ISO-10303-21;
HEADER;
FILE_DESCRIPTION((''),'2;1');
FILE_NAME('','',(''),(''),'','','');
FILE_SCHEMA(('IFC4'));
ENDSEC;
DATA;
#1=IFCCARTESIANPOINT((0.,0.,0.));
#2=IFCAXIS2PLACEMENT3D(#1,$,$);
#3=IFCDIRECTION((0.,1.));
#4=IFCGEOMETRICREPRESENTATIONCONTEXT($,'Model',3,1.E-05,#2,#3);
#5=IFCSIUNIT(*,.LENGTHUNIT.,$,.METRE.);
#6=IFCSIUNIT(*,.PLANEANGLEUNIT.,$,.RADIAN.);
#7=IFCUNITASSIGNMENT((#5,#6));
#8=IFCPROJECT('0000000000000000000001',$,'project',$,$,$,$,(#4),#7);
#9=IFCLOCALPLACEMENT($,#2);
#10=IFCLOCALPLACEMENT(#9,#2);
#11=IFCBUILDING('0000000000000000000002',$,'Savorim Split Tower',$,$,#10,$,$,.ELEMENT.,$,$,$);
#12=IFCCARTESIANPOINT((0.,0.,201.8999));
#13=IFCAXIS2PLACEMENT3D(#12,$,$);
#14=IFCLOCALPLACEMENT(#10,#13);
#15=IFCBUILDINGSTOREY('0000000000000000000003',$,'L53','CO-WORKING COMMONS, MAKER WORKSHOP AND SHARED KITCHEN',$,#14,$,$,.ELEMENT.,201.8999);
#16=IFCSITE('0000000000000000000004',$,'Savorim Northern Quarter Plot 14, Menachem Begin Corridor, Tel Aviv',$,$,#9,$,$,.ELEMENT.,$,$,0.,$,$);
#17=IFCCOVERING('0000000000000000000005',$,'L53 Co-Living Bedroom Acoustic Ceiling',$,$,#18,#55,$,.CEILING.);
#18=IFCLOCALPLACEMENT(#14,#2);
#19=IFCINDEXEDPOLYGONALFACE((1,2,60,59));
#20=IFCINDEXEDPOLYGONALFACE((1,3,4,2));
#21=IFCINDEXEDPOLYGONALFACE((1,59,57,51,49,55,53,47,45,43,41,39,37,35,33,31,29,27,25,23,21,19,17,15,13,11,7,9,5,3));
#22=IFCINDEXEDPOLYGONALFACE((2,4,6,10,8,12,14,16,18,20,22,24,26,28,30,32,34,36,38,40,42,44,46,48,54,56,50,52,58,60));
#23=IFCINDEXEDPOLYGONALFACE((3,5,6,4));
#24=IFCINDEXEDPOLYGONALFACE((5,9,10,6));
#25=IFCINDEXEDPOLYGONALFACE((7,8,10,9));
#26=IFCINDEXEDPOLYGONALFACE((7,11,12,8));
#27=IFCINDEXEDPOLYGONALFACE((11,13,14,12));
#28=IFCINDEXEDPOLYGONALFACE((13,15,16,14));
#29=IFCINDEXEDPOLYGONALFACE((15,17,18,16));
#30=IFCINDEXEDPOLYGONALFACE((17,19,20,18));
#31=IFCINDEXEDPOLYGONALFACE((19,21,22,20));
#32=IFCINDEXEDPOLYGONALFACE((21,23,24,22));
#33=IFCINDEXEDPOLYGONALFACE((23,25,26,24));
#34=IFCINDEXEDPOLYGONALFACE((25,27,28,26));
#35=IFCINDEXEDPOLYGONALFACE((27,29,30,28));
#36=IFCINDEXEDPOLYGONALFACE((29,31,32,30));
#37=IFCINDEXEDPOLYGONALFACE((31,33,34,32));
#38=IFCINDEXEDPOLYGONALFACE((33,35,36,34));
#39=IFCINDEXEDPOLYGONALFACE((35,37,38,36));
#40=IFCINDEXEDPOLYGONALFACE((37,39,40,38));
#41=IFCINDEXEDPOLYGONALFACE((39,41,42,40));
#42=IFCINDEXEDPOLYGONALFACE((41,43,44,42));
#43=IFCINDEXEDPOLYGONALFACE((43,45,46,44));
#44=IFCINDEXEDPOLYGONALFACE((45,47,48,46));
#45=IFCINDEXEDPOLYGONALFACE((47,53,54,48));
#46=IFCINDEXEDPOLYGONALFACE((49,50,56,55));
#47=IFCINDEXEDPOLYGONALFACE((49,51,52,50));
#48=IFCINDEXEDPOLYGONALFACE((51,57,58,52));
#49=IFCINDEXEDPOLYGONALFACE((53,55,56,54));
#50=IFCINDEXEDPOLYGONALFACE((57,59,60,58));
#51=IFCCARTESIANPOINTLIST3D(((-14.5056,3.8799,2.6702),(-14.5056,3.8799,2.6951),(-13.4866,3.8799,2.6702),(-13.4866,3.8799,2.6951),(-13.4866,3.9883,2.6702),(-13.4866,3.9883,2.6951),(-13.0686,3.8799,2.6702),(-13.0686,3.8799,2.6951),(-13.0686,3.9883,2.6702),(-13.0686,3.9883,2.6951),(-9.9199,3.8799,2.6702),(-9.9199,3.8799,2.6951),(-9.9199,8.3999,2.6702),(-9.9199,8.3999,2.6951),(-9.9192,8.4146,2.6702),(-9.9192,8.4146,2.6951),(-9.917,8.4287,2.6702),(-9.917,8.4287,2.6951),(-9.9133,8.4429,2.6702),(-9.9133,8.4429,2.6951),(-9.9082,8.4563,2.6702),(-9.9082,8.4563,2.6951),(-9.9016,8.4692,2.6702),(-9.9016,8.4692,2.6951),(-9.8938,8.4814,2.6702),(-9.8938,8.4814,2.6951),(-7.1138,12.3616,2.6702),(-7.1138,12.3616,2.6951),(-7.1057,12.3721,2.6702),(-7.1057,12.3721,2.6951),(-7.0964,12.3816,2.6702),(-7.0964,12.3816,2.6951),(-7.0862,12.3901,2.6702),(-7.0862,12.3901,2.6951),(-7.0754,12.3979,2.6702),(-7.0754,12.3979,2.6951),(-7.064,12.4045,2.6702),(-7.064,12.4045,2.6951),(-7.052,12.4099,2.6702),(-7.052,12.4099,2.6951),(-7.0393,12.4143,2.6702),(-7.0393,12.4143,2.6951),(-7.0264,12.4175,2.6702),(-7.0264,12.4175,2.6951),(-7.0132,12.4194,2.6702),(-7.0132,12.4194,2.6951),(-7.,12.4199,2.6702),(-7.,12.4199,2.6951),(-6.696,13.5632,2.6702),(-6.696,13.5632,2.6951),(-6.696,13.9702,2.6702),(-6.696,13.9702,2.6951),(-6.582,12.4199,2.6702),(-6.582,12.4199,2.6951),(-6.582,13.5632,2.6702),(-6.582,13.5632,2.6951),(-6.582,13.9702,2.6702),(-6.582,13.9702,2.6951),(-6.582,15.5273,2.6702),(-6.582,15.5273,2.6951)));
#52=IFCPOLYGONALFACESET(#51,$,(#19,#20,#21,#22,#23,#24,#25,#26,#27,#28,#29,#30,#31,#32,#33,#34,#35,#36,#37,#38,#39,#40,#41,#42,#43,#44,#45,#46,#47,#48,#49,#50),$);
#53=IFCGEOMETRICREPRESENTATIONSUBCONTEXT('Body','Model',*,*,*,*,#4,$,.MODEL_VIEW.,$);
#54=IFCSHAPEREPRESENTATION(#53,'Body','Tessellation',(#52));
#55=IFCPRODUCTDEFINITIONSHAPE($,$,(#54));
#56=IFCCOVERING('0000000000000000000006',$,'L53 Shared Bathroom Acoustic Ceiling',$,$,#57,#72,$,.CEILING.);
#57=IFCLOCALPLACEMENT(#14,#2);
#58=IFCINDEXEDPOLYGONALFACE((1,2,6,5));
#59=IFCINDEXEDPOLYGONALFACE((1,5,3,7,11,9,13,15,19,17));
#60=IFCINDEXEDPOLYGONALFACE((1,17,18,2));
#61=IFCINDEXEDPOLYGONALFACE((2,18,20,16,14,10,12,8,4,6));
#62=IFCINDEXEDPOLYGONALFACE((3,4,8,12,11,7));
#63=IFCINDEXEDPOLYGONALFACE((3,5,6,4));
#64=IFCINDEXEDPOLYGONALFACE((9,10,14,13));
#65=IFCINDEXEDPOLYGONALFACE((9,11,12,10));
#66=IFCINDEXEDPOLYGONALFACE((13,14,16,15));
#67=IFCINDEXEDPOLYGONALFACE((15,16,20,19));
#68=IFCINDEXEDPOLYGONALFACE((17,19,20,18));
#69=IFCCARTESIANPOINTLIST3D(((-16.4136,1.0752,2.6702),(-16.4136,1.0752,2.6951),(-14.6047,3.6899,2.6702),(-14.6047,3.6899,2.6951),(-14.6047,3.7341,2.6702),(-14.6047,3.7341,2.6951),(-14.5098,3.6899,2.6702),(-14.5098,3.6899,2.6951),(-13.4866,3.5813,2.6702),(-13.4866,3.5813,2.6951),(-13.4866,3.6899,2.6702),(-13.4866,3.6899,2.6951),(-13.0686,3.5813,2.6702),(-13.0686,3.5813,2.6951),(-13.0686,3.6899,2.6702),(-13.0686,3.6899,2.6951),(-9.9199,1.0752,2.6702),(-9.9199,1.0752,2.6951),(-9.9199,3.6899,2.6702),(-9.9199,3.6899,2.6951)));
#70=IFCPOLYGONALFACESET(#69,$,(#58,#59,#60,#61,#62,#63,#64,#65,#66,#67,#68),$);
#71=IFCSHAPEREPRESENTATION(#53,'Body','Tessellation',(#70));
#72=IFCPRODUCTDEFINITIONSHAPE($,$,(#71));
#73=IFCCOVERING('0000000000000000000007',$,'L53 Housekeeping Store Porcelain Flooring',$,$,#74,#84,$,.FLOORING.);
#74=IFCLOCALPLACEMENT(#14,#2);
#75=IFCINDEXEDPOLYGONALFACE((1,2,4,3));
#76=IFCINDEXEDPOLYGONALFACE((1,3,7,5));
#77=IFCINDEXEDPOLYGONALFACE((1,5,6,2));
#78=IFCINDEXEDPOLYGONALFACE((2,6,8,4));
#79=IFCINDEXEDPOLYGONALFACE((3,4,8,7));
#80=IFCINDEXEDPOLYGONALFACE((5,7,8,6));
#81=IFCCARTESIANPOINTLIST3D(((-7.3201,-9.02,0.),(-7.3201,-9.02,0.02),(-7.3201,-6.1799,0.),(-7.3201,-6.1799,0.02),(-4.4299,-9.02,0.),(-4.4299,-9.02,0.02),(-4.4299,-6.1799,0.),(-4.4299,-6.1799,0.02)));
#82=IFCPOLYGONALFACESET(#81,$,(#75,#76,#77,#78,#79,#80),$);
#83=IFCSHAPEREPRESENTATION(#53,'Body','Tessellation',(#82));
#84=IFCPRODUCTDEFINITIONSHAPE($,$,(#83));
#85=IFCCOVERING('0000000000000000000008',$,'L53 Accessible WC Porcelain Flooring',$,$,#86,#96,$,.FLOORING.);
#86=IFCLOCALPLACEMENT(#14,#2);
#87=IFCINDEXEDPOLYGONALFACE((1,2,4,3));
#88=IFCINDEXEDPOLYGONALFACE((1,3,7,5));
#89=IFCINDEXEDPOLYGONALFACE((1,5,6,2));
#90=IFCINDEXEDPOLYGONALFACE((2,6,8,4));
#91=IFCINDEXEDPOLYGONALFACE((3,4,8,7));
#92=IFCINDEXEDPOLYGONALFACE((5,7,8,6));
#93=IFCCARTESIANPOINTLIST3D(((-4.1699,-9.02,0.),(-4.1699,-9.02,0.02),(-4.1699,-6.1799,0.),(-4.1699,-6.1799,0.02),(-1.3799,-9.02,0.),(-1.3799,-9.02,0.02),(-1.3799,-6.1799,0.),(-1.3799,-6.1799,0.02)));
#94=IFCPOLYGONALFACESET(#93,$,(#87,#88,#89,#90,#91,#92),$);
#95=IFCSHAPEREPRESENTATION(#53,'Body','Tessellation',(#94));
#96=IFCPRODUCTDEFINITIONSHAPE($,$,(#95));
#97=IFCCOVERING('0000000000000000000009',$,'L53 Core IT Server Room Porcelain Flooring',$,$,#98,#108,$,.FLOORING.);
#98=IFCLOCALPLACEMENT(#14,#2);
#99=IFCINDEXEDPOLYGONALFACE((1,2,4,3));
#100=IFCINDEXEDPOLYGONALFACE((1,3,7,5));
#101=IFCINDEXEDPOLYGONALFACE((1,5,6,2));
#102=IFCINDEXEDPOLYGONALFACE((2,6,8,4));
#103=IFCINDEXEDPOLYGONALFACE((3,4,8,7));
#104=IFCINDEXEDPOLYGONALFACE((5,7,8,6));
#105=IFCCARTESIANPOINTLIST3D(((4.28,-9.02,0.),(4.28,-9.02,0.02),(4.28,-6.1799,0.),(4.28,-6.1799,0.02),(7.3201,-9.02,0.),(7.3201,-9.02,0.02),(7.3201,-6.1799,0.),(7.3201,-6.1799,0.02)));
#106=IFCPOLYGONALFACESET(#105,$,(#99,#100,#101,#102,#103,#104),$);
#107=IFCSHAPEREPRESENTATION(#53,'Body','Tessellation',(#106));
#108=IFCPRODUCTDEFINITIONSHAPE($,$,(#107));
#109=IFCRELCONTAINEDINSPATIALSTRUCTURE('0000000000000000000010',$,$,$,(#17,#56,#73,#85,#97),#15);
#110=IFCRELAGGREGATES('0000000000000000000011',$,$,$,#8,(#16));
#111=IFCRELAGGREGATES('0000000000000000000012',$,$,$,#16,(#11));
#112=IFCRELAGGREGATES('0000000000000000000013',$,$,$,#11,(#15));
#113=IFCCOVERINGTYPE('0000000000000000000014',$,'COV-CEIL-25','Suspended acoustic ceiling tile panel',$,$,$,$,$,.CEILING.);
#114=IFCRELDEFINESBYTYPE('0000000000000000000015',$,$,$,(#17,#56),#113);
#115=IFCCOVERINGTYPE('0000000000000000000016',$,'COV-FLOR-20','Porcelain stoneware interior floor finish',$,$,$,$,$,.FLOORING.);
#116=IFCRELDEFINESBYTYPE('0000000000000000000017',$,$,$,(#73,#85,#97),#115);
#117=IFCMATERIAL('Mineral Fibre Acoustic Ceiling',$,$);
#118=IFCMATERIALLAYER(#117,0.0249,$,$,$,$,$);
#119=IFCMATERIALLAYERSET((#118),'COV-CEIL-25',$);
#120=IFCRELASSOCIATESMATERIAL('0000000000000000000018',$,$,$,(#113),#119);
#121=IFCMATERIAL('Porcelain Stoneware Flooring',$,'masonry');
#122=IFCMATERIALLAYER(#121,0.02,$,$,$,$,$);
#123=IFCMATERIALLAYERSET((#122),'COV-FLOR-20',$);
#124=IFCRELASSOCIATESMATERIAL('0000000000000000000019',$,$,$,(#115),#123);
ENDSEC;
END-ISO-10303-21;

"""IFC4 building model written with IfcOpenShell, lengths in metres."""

from ifc_helpers import new_model, si_unit, direction, frame, origin, place, context, subcontext, project, spatial, polyline, outline, extrude, material, layer, layer_set, type_object, element, save


model = new_model("IFC4")

# Units and contexts
model_context = context("Model", 3, precision=1e-05, world=origin(), true_north=direction((0.0, 1.0)))
body_context = subcontext(model_context, "Body", "Model", "MODEL_VIEW")
ifc_project = project(units=[si_unit("LENGTHUNIT", "METRE"), si_unit("PLANEANGLEUNIT", "RADIAN")], contexts=[model_context])

# Site, building, storey
site_placement = place(None, origin())
site = spatial("IfcSite", under=ifc_project, at=site_placement, Name="Savorim Northern Quarter Plot 14, Menachem Begin Corridor, Tel Aviv", CompositionType="ELEMENT", RefElevation=0.0)
building_placement = place(site_placement, origin())
building = spatial("IfcBuilding", under=site, at=building_placement, Name="Savorim Split Tower", CompositionType="ELEMENT")
storey_placement = place(building_placement, frame((0.0, 0.0, 201.8999)))
storey = spatial("IfcBuildingStorey", under=building, at=storey_placement, Name="L53", Description="CO-WORKING COMMONS, MAKER WORKSHOP AND SHARED KITCHEN", CompositionType="ELEMENT", Elevation=201.8999)

# Coverings
ifc_material_1 = material(Name="Mineral Fibre Acoustic Ceiling")
ifc_layer_1 = layer(ifc_material_1, 0.0249)
ifc_layer_set_1 = layer_set([ifc_layer_1], Name="COV-CEIL-25")
covering_type_1 = type_object("IfcCoveringType", Name="COV-CEIL-25", Description="Suspended acoustic ceiling tile panel", PredefinedType="CEILING", material=ifc_layer_set_1)
covering_1_placement = place(storey_placement, frame((0.0, 0.0, 2.6702)))
element("IfcCovering", 1, at=covering_1_placement, inside=storey, type_object=covering_type_1, Name="L53 Co-Living Bedroom Acoustic Ceiling", PredefinedType="CEILING", context=body_context, shape_type="SweptSolid", body=[
    extrude(outline(polyline([(-7.0132, 12.4194), (-7.0, 12.4199), (-6.582, 12.4199), (-6.582, 13.5632), (-6.696, 13.5632), (-6.696, 13.9702), (-6.582, 13.9702), (-6.582, 15.5273), (-14.5056, 3.8799), (-13.4866, 3.8799), (-13.4866, 3.9883), (-13.0686, 3.9883), (-13.0686, 3.8799), (-9.9199, 3.8799), (-9.9199, 8.3999), (-9.9192, 8.4146), (-9.917, 8.4287), (-9.9133, 8.4429), (-9.9082, 8.4563), (-9.9016, 8.4692), (-9.8938, 8.4814), (-7.1138, 12.3616), (-7.1057, 12.3721), (-7.0964, 12.3816), (-7.0862, 12.3901), (-7.0754, 12.3979), (-7.064, 12.4045), (-7.052, 12.4099), (-7.0393, 12.4143), (-7.0264, 12.4175), (-7.0132, 12.4194)])), origin(), (0.0, 0.0, 1.0), 0.0249),
])
covering_2_placement = place(storey_placement, frame((0.0, 0.0, 2.6702)))
element("IfcCovering", 2, at=covering_2_placement, inside=storey, type_object=covering_type_1, Name="L53 Shared Bathroom Acoustic Ceiling", PredefinedType="CEILING", context=body_context, shape_type="SweptSolid", body=[
    extrude(outline(polyline([(-13.4866, 3.6899), (-14.5098, 3.6899), (-14.6047, 3.6899), (-14.6047, 3.7341), (-16.4136, 1.0752), (-9.9199, 1.0752), (-9.9199, 3.6899), (-13.0686, 3.6899), (-13.0686, 3.5813), (-13.4866, 3.5813), (-13.4866, 3.6899)])), origin(), (0.0, 0.0, 1.0), 0.0249),
])
ifc_material_2 = material(Name="Porcelain Stoneware Flooring", Category="masonry")
ifc_layer_2 = layer(ifc_material_2, 0.02)
ifc_layer_set_2 = layer_set([ifc_layer_2], Name="COV-FLOR-20")
covering_type_2 = type_object("IfcCoveringType", Name="COV-FLOR-20", Description="Porcelain stoneware interior floor finish", PredefinedType="FLOORING", material=ifc_layer_set_2)
covering_3_placement = place(storey_placement, origin())
element("IfcCovering", 3, at=covering_3_placement, inside=storey, type_object=covering_type_2, Name="L53 Housekeeping Store Porcelain Flooring", PredefinedType="FLOORING", context=body_context, shape_type="SweptSolid", body=[
    extrude(outline(polyline([(-7.3201, -6.1799), (-7.3201, -9.02), (-4.4299, -9.02), (-4.4299, -6.1799), (-7.3201, -6.1799)])), origin(), (0.0, 0.0, 1.0), 0.02),
])
covering_4_placement = place(storey_placement, origin())
element("IfcCovering", 4, at=covering_4_placement, inside=storey, type_object=covering_type_2, Name="L53 Accessible WC Porcelain Flooring", PredefinedType="FLOORING", context=body_context, shape_type="SweptSolid", body=[
    extrude(outline(polyline([(-4.1699, -6.1799), (-4.1699, -9.02), (-1.3799, -9.02), (-1.3799, -6.1799), (-4.1699, -6.1799)])), origin(), (0.0, 0.0, 1.0), 0.02),
])
covering_5_placement = place(storey_placement, origin())
element("IfcCovering", 5, at=covering_5_placement, inside=storey, type_object=covering_type_2, Name="L53 Core IT Server Room Porcelain Flooring", PredefinedType="FLOORING", context=body_context, shape_type="SweptSolid", body=[
    extrude(outline(polyline([(4.28, -6.1799), (4.28, -9.02), (7.3201, -9.02), (7.3201, -6.1799), (4.28, -6.1799)])), origin(), (0.0, 0.0, 1.0), 0.02),
])

save(model, "model.ifc")
